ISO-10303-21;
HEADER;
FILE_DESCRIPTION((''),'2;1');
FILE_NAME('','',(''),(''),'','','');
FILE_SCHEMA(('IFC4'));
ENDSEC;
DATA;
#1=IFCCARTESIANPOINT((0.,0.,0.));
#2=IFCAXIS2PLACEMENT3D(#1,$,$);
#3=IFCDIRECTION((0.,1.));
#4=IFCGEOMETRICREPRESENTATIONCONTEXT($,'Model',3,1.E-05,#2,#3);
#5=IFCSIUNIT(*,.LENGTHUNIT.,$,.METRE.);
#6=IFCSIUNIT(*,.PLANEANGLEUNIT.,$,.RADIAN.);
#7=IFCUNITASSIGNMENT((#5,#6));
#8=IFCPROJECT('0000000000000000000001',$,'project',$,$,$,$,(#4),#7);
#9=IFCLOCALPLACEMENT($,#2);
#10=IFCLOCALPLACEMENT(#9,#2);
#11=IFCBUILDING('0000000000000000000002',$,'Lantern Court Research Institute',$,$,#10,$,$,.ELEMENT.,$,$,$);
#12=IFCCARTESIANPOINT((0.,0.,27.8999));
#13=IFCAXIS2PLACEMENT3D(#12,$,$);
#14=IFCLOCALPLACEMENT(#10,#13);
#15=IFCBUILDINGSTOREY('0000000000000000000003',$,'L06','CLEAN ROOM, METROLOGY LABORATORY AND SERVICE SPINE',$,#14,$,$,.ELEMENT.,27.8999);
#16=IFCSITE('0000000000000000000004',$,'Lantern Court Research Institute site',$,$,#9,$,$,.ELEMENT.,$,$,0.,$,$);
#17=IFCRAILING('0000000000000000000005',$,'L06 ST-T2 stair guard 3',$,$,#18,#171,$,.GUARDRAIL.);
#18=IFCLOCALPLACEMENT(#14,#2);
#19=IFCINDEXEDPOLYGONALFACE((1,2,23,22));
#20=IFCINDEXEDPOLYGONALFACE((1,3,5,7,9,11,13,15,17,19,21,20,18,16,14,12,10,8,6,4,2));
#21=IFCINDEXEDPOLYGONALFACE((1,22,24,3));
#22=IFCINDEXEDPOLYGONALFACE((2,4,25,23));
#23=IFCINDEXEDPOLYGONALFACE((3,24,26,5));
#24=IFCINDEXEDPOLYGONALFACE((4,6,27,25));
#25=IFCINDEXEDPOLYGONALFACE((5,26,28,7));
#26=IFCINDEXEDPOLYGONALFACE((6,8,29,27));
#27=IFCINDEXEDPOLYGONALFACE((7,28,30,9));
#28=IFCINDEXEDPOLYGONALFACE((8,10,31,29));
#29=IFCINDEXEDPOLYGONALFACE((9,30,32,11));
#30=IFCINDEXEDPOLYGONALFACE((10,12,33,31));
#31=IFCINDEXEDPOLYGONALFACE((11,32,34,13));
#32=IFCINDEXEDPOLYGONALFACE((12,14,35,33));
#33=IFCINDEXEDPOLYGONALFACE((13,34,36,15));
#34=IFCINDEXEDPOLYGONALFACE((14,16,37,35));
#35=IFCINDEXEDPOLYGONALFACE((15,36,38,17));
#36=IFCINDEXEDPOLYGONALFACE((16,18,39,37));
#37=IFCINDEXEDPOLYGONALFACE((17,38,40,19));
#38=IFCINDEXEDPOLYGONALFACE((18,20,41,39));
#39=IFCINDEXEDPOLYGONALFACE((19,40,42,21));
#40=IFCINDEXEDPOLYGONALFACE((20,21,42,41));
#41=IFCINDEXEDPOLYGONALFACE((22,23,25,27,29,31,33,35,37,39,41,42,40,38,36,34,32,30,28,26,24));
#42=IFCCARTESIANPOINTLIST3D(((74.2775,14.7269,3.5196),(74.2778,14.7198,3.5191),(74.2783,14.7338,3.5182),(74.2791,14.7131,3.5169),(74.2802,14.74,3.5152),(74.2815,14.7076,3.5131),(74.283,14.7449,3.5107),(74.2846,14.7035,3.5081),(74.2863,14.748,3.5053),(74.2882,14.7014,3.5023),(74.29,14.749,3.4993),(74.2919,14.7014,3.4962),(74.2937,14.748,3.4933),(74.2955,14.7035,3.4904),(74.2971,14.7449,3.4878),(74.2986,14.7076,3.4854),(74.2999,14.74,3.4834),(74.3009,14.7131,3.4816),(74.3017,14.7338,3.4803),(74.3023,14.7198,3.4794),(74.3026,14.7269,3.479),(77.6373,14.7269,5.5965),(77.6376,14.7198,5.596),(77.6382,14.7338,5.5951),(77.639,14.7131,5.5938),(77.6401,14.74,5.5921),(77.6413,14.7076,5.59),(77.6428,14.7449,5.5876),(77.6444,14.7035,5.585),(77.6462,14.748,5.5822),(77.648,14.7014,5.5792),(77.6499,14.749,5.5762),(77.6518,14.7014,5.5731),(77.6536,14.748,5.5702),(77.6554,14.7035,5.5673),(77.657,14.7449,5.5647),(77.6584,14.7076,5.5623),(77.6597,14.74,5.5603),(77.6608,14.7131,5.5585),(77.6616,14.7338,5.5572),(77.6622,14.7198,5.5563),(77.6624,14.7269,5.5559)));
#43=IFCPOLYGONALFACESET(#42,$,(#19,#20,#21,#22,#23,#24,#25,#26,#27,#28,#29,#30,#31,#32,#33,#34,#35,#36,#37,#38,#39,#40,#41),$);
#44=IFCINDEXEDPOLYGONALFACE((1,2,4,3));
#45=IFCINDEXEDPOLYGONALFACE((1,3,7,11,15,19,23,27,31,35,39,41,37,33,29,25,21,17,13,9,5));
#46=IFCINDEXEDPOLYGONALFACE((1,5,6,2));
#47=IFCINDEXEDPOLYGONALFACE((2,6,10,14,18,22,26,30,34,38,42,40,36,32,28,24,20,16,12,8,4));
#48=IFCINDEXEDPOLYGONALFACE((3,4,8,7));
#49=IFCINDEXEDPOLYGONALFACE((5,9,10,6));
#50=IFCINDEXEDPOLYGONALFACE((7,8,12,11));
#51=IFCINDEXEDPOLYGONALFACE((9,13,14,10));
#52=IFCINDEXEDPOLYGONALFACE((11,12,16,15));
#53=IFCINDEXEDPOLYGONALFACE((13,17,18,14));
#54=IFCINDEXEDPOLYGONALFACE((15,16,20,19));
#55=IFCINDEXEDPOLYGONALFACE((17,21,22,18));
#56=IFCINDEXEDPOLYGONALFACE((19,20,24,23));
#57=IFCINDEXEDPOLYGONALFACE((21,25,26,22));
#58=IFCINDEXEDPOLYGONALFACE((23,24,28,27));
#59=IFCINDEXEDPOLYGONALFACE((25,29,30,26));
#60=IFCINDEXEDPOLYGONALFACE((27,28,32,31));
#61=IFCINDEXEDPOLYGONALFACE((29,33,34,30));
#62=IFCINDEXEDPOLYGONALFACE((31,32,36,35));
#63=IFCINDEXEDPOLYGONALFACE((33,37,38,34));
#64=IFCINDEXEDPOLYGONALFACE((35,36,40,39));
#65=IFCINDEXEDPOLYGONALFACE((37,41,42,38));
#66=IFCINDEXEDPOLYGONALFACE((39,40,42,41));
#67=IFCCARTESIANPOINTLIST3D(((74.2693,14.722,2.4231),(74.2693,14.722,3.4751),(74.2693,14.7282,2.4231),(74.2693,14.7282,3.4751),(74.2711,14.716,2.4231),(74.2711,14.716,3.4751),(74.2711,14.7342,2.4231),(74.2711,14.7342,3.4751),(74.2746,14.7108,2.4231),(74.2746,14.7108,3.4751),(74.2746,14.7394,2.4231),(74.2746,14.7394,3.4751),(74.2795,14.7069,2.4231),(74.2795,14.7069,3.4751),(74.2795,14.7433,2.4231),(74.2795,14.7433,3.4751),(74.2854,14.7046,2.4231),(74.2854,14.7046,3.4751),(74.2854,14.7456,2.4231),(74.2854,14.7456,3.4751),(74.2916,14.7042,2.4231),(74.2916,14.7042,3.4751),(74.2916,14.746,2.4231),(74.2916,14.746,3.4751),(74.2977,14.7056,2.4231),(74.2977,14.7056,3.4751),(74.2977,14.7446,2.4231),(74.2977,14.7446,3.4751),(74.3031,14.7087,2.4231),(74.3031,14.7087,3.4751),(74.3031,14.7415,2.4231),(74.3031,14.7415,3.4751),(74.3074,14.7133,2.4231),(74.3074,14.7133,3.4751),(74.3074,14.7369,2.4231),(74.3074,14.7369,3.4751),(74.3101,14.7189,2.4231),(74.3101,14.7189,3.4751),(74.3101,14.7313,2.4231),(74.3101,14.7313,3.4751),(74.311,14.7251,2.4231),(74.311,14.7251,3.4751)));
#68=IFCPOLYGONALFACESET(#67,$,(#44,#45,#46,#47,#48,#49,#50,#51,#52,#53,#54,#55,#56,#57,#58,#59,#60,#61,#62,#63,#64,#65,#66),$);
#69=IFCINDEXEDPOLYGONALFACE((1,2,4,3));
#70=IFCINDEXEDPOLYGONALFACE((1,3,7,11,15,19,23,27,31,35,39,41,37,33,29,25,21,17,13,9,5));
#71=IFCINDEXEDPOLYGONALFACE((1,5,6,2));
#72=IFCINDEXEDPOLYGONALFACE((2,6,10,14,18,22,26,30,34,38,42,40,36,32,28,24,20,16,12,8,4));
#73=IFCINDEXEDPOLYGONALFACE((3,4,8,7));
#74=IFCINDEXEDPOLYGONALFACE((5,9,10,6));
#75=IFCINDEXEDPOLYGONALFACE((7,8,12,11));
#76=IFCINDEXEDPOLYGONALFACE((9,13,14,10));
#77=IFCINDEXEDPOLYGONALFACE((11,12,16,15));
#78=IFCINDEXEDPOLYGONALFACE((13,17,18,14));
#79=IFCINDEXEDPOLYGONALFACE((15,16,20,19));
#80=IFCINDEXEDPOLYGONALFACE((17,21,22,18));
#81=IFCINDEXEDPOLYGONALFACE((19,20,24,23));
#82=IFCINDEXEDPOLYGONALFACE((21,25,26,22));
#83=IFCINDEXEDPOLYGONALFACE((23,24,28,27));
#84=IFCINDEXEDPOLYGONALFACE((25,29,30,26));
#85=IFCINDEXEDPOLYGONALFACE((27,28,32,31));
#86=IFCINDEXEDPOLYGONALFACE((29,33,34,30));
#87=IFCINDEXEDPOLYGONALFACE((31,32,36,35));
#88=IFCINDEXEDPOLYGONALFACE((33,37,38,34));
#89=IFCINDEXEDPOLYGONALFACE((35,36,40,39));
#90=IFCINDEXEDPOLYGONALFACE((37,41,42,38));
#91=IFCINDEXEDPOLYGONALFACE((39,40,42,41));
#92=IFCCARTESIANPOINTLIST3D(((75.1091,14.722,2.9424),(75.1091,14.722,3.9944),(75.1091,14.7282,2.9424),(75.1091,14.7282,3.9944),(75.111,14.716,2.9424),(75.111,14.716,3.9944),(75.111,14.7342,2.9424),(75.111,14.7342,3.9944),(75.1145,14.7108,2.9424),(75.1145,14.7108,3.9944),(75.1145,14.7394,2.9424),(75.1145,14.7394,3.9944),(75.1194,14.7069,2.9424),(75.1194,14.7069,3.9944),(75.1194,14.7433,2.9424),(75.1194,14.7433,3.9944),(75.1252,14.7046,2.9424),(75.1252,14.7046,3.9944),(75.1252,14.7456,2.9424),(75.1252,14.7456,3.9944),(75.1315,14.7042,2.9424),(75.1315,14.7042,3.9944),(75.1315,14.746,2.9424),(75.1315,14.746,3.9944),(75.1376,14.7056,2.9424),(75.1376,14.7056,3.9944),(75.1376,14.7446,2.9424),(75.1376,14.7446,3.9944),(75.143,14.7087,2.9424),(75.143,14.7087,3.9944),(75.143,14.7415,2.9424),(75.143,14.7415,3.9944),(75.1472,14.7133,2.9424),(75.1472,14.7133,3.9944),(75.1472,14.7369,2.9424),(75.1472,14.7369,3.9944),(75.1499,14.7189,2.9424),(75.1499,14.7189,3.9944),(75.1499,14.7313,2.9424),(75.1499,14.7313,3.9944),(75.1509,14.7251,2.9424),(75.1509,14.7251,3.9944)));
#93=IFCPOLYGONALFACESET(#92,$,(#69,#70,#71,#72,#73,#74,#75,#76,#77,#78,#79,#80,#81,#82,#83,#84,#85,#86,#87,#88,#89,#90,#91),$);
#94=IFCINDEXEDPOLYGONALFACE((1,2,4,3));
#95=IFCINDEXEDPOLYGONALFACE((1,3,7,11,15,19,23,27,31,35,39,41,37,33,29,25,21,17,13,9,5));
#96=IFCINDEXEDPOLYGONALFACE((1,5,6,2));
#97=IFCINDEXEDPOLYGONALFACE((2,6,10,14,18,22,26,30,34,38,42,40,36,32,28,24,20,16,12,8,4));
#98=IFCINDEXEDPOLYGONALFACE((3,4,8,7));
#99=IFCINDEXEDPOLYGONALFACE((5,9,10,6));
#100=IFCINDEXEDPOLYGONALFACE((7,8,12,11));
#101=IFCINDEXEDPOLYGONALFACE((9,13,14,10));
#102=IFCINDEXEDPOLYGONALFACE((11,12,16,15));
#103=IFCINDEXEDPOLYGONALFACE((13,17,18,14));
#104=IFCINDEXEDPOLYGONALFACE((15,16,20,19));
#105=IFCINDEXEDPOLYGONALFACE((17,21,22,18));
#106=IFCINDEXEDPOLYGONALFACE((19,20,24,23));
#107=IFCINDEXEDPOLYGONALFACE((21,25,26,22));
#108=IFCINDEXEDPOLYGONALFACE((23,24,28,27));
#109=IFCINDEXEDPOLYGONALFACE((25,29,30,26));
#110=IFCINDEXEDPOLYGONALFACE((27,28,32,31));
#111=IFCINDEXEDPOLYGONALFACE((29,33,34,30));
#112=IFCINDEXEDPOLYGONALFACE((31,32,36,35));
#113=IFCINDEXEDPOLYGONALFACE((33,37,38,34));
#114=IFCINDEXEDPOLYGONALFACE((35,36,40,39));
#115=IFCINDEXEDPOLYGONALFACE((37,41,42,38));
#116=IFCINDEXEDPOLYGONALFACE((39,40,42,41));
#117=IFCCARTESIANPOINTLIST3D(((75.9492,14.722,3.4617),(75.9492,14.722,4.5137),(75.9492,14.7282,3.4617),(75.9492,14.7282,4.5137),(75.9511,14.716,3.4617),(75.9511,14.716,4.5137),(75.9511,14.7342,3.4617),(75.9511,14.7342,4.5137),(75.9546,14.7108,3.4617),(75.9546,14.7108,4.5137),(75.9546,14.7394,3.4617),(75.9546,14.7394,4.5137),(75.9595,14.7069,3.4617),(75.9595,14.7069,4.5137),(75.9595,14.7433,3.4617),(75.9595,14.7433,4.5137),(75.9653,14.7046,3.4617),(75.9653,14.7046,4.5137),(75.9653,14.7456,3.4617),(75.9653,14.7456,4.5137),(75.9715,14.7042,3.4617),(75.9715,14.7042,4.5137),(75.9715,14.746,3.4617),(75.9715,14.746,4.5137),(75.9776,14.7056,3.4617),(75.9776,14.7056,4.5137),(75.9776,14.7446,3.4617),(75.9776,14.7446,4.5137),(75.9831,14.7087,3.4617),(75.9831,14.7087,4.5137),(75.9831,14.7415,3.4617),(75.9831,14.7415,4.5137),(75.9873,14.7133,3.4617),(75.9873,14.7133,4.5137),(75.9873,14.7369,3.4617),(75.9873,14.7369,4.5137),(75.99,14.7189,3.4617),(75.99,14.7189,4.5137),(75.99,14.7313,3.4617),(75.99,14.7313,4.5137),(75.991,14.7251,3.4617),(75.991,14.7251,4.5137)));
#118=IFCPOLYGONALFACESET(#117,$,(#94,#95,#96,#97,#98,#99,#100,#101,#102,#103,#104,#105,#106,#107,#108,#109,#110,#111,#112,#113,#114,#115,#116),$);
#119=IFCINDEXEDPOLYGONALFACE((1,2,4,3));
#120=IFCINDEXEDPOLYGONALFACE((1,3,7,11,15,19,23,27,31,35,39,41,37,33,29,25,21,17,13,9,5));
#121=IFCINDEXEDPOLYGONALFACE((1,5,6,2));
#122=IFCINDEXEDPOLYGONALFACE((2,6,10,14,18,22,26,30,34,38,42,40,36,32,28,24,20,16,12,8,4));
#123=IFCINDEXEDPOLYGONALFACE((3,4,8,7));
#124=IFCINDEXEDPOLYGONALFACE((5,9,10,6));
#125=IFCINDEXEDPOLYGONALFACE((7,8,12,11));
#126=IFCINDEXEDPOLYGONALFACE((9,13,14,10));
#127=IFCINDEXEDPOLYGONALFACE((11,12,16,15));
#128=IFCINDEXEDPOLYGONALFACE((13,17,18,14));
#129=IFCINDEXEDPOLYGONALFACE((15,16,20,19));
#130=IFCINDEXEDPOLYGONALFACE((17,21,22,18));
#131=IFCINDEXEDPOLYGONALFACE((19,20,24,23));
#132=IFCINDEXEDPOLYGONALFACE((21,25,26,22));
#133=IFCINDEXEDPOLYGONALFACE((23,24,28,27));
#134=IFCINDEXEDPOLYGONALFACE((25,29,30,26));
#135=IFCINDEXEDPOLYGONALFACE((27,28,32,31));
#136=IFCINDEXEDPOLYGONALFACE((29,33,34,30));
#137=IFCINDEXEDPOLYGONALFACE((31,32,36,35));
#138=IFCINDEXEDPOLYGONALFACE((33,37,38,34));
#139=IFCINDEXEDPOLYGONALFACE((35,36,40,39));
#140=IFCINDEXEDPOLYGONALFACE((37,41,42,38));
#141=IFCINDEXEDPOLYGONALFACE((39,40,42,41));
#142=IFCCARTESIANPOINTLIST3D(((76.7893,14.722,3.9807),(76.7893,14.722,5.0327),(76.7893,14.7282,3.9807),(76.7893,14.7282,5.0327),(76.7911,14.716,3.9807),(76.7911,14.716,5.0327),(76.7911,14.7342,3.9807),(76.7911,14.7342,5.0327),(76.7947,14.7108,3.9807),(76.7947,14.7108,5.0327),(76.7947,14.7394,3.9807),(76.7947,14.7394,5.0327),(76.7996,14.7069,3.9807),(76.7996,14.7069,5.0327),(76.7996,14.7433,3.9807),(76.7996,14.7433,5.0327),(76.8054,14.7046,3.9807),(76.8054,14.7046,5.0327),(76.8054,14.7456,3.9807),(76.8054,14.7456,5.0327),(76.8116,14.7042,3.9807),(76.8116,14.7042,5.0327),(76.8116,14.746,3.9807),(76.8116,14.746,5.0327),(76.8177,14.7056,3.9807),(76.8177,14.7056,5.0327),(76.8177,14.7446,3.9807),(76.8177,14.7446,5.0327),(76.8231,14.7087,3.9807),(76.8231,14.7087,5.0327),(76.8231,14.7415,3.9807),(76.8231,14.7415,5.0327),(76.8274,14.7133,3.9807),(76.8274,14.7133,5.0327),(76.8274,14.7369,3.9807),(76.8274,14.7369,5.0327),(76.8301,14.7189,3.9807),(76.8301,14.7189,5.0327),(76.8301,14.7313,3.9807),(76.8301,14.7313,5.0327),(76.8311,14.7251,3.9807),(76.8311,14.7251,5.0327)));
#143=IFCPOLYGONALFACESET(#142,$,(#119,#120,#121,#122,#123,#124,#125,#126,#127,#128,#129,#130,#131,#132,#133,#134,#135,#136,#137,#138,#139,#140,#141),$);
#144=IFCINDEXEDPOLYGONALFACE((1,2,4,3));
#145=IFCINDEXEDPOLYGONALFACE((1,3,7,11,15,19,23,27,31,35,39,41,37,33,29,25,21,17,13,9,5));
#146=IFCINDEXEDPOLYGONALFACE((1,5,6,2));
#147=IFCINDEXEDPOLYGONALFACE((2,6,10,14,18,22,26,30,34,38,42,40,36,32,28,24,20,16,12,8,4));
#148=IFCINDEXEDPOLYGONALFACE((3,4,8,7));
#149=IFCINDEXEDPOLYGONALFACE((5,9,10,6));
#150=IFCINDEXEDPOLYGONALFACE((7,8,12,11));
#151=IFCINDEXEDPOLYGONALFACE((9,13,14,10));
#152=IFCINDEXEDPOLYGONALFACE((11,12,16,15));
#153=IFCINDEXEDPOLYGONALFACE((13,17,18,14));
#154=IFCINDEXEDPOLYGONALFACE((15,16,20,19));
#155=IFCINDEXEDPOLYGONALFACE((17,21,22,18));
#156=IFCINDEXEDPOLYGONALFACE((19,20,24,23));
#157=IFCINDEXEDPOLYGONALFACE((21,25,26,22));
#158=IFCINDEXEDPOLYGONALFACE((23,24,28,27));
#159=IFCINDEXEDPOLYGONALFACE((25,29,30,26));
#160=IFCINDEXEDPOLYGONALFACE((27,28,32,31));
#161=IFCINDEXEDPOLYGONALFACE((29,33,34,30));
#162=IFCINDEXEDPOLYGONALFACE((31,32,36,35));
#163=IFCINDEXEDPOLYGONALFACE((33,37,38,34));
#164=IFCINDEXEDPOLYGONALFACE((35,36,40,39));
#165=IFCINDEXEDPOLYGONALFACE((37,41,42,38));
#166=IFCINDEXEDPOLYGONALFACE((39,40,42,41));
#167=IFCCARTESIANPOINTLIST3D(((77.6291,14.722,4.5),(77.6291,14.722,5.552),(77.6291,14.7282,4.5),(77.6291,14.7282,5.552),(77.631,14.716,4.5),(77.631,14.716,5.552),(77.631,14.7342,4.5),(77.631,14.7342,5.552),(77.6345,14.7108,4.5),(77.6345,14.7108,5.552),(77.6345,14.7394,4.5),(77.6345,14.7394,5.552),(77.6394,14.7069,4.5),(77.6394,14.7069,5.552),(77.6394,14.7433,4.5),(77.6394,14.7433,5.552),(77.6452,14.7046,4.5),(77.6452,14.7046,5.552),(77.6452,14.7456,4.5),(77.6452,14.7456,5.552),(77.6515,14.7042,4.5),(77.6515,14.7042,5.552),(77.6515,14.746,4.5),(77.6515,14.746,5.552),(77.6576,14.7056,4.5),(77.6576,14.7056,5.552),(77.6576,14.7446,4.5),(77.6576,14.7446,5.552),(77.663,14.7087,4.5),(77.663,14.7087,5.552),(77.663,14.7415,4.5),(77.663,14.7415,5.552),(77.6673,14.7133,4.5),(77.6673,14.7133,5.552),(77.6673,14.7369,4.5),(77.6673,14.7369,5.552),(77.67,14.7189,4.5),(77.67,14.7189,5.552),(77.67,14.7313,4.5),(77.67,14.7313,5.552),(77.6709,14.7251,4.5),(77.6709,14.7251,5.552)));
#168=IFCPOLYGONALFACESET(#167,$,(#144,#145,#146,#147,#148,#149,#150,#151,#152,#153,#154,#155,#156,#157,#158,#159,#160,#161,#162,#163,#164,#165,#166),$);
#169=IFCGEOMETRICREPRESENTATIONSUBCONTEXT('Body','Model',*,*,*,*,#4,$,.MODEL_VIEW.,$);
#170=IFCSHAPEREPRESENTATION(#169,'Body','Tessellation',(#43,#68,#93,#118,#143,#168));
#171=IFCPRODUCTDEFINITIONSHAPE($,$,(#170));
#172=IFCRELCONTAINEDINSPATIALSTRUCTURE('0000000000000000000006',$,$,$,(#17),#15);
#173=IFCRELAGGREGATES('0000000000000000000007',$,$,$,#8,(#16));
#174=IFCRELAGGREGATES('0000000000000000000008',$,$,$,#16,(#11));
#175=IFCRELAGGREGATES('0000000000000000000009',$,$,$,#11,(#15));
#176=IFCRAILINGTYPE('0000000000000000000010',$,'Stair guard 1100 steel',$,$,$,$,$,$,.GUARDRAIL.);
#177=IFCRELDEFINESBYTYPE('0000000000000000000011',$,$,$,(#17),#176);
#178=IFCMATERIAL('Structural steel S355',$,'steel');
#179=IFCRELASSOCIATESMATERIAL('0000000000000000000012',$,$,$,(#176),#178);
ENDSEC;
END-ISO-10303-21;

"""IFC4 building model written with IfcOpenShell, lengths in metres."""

from ifc_helpers import new_model, si_unit, direction, frame, origin, origin_2d, place, context, subcontext, project, spatial, circle, extrude, material, type_object, element, save


model = new_model("IFC4")

# Units and contexts
model_context = context("Model", 3, precision=1e-05, world=origin(), true_north=direction((0.0, 1.0)))
body_context = subcontext(model_context, "Body", "Model", "MODEL_VIEW")
ifc_project = project(units=[si_unit("LENGTHUNIT", "METRE"), si_unit("PLANEANGLEUNIT", "RADIAN")], contexts=[model_context])

# Site, building, storey
site_placement = place(None, origin())
site = spatial("IfcSite", under=ifc_project, at=site_placement, Name="Lantern Court Research Institute site", CompositionType="ELEMENT", RefElevation=0.0)
building_placement = place(site_placement, origin())
building = spatial("IfcBuilding", under=site, at=building_placement, Name="Lantern Court Research Institute", CompositionType="ELEMENT")
storey_placement = place(building_placement, frame((0.0, 0.0, 27.8999)))
storey = spatial("IfcBuildingStorey", under=building, at=storey_placement, Name="L06", Description="CLEAN ROOM, METROLOGY LABORATORY AND SERVICE SPINE", CompositionType="ELEMENT", Elevation=27.8999)

# Railing
ifc_material_1 = material(Name="Structural steel S355", Category="steel")
railing_type_1 = type_object("IfcRailingType", Name="Stair guard 1100 steel", PredefinedType="GUARDRAIL", material=ifc_material_1)
railing_1_placement = place(storey_placement, frame((74.29, 14.7251, 2.4231)))
element("IfcRailing", 1, at=railing_1_placement, inside=storey, type_object=railing_type_1, Name="L06 ST-T2 stair guard 3", PredefinedType="GUARDRAIL", context=body_context, shape_type="SweptSolid", body=[
    extrude(circle(Radius=0.0239, at=origin_2d()), frame((0.0, 0.0, 1.0762), z_axis=(0.850606, 0.0, 0.525803), x_axis=(0.0, 1.0, 0.0)), (0.0, 0.0, 1.0), 3.95),
    extrude(circle(Radius=0.021, at=origin_2d()), origin(), (0.0, 0.0, 1.0), 1.052),
    extrude(circle(Radius=0.021, at=origin_2d()), frame((0.8398, 0.0, 0.5193)), (0.0, 0.0, 1.0), 1.052),
    extrude(circle(Radius=0.021, at=origin_2d()), frame((1.6799, 0.0, 1.0386)), (0.0, 0.0, 1.0), 1.052),
    extrude(circle(Radius=0.021, at=origin_2d()), frame((2.52, 0.0, 1.5576)), (0.0, 0.0, 1.0), 1.052),
    extrude(circle(Radius=0.021, at=origin_2d()), frame((3.3599, 0.0, 2.0769)), (0.0, 0.0, 1.0), 1.052),
])

save(model, "model.ifc")
